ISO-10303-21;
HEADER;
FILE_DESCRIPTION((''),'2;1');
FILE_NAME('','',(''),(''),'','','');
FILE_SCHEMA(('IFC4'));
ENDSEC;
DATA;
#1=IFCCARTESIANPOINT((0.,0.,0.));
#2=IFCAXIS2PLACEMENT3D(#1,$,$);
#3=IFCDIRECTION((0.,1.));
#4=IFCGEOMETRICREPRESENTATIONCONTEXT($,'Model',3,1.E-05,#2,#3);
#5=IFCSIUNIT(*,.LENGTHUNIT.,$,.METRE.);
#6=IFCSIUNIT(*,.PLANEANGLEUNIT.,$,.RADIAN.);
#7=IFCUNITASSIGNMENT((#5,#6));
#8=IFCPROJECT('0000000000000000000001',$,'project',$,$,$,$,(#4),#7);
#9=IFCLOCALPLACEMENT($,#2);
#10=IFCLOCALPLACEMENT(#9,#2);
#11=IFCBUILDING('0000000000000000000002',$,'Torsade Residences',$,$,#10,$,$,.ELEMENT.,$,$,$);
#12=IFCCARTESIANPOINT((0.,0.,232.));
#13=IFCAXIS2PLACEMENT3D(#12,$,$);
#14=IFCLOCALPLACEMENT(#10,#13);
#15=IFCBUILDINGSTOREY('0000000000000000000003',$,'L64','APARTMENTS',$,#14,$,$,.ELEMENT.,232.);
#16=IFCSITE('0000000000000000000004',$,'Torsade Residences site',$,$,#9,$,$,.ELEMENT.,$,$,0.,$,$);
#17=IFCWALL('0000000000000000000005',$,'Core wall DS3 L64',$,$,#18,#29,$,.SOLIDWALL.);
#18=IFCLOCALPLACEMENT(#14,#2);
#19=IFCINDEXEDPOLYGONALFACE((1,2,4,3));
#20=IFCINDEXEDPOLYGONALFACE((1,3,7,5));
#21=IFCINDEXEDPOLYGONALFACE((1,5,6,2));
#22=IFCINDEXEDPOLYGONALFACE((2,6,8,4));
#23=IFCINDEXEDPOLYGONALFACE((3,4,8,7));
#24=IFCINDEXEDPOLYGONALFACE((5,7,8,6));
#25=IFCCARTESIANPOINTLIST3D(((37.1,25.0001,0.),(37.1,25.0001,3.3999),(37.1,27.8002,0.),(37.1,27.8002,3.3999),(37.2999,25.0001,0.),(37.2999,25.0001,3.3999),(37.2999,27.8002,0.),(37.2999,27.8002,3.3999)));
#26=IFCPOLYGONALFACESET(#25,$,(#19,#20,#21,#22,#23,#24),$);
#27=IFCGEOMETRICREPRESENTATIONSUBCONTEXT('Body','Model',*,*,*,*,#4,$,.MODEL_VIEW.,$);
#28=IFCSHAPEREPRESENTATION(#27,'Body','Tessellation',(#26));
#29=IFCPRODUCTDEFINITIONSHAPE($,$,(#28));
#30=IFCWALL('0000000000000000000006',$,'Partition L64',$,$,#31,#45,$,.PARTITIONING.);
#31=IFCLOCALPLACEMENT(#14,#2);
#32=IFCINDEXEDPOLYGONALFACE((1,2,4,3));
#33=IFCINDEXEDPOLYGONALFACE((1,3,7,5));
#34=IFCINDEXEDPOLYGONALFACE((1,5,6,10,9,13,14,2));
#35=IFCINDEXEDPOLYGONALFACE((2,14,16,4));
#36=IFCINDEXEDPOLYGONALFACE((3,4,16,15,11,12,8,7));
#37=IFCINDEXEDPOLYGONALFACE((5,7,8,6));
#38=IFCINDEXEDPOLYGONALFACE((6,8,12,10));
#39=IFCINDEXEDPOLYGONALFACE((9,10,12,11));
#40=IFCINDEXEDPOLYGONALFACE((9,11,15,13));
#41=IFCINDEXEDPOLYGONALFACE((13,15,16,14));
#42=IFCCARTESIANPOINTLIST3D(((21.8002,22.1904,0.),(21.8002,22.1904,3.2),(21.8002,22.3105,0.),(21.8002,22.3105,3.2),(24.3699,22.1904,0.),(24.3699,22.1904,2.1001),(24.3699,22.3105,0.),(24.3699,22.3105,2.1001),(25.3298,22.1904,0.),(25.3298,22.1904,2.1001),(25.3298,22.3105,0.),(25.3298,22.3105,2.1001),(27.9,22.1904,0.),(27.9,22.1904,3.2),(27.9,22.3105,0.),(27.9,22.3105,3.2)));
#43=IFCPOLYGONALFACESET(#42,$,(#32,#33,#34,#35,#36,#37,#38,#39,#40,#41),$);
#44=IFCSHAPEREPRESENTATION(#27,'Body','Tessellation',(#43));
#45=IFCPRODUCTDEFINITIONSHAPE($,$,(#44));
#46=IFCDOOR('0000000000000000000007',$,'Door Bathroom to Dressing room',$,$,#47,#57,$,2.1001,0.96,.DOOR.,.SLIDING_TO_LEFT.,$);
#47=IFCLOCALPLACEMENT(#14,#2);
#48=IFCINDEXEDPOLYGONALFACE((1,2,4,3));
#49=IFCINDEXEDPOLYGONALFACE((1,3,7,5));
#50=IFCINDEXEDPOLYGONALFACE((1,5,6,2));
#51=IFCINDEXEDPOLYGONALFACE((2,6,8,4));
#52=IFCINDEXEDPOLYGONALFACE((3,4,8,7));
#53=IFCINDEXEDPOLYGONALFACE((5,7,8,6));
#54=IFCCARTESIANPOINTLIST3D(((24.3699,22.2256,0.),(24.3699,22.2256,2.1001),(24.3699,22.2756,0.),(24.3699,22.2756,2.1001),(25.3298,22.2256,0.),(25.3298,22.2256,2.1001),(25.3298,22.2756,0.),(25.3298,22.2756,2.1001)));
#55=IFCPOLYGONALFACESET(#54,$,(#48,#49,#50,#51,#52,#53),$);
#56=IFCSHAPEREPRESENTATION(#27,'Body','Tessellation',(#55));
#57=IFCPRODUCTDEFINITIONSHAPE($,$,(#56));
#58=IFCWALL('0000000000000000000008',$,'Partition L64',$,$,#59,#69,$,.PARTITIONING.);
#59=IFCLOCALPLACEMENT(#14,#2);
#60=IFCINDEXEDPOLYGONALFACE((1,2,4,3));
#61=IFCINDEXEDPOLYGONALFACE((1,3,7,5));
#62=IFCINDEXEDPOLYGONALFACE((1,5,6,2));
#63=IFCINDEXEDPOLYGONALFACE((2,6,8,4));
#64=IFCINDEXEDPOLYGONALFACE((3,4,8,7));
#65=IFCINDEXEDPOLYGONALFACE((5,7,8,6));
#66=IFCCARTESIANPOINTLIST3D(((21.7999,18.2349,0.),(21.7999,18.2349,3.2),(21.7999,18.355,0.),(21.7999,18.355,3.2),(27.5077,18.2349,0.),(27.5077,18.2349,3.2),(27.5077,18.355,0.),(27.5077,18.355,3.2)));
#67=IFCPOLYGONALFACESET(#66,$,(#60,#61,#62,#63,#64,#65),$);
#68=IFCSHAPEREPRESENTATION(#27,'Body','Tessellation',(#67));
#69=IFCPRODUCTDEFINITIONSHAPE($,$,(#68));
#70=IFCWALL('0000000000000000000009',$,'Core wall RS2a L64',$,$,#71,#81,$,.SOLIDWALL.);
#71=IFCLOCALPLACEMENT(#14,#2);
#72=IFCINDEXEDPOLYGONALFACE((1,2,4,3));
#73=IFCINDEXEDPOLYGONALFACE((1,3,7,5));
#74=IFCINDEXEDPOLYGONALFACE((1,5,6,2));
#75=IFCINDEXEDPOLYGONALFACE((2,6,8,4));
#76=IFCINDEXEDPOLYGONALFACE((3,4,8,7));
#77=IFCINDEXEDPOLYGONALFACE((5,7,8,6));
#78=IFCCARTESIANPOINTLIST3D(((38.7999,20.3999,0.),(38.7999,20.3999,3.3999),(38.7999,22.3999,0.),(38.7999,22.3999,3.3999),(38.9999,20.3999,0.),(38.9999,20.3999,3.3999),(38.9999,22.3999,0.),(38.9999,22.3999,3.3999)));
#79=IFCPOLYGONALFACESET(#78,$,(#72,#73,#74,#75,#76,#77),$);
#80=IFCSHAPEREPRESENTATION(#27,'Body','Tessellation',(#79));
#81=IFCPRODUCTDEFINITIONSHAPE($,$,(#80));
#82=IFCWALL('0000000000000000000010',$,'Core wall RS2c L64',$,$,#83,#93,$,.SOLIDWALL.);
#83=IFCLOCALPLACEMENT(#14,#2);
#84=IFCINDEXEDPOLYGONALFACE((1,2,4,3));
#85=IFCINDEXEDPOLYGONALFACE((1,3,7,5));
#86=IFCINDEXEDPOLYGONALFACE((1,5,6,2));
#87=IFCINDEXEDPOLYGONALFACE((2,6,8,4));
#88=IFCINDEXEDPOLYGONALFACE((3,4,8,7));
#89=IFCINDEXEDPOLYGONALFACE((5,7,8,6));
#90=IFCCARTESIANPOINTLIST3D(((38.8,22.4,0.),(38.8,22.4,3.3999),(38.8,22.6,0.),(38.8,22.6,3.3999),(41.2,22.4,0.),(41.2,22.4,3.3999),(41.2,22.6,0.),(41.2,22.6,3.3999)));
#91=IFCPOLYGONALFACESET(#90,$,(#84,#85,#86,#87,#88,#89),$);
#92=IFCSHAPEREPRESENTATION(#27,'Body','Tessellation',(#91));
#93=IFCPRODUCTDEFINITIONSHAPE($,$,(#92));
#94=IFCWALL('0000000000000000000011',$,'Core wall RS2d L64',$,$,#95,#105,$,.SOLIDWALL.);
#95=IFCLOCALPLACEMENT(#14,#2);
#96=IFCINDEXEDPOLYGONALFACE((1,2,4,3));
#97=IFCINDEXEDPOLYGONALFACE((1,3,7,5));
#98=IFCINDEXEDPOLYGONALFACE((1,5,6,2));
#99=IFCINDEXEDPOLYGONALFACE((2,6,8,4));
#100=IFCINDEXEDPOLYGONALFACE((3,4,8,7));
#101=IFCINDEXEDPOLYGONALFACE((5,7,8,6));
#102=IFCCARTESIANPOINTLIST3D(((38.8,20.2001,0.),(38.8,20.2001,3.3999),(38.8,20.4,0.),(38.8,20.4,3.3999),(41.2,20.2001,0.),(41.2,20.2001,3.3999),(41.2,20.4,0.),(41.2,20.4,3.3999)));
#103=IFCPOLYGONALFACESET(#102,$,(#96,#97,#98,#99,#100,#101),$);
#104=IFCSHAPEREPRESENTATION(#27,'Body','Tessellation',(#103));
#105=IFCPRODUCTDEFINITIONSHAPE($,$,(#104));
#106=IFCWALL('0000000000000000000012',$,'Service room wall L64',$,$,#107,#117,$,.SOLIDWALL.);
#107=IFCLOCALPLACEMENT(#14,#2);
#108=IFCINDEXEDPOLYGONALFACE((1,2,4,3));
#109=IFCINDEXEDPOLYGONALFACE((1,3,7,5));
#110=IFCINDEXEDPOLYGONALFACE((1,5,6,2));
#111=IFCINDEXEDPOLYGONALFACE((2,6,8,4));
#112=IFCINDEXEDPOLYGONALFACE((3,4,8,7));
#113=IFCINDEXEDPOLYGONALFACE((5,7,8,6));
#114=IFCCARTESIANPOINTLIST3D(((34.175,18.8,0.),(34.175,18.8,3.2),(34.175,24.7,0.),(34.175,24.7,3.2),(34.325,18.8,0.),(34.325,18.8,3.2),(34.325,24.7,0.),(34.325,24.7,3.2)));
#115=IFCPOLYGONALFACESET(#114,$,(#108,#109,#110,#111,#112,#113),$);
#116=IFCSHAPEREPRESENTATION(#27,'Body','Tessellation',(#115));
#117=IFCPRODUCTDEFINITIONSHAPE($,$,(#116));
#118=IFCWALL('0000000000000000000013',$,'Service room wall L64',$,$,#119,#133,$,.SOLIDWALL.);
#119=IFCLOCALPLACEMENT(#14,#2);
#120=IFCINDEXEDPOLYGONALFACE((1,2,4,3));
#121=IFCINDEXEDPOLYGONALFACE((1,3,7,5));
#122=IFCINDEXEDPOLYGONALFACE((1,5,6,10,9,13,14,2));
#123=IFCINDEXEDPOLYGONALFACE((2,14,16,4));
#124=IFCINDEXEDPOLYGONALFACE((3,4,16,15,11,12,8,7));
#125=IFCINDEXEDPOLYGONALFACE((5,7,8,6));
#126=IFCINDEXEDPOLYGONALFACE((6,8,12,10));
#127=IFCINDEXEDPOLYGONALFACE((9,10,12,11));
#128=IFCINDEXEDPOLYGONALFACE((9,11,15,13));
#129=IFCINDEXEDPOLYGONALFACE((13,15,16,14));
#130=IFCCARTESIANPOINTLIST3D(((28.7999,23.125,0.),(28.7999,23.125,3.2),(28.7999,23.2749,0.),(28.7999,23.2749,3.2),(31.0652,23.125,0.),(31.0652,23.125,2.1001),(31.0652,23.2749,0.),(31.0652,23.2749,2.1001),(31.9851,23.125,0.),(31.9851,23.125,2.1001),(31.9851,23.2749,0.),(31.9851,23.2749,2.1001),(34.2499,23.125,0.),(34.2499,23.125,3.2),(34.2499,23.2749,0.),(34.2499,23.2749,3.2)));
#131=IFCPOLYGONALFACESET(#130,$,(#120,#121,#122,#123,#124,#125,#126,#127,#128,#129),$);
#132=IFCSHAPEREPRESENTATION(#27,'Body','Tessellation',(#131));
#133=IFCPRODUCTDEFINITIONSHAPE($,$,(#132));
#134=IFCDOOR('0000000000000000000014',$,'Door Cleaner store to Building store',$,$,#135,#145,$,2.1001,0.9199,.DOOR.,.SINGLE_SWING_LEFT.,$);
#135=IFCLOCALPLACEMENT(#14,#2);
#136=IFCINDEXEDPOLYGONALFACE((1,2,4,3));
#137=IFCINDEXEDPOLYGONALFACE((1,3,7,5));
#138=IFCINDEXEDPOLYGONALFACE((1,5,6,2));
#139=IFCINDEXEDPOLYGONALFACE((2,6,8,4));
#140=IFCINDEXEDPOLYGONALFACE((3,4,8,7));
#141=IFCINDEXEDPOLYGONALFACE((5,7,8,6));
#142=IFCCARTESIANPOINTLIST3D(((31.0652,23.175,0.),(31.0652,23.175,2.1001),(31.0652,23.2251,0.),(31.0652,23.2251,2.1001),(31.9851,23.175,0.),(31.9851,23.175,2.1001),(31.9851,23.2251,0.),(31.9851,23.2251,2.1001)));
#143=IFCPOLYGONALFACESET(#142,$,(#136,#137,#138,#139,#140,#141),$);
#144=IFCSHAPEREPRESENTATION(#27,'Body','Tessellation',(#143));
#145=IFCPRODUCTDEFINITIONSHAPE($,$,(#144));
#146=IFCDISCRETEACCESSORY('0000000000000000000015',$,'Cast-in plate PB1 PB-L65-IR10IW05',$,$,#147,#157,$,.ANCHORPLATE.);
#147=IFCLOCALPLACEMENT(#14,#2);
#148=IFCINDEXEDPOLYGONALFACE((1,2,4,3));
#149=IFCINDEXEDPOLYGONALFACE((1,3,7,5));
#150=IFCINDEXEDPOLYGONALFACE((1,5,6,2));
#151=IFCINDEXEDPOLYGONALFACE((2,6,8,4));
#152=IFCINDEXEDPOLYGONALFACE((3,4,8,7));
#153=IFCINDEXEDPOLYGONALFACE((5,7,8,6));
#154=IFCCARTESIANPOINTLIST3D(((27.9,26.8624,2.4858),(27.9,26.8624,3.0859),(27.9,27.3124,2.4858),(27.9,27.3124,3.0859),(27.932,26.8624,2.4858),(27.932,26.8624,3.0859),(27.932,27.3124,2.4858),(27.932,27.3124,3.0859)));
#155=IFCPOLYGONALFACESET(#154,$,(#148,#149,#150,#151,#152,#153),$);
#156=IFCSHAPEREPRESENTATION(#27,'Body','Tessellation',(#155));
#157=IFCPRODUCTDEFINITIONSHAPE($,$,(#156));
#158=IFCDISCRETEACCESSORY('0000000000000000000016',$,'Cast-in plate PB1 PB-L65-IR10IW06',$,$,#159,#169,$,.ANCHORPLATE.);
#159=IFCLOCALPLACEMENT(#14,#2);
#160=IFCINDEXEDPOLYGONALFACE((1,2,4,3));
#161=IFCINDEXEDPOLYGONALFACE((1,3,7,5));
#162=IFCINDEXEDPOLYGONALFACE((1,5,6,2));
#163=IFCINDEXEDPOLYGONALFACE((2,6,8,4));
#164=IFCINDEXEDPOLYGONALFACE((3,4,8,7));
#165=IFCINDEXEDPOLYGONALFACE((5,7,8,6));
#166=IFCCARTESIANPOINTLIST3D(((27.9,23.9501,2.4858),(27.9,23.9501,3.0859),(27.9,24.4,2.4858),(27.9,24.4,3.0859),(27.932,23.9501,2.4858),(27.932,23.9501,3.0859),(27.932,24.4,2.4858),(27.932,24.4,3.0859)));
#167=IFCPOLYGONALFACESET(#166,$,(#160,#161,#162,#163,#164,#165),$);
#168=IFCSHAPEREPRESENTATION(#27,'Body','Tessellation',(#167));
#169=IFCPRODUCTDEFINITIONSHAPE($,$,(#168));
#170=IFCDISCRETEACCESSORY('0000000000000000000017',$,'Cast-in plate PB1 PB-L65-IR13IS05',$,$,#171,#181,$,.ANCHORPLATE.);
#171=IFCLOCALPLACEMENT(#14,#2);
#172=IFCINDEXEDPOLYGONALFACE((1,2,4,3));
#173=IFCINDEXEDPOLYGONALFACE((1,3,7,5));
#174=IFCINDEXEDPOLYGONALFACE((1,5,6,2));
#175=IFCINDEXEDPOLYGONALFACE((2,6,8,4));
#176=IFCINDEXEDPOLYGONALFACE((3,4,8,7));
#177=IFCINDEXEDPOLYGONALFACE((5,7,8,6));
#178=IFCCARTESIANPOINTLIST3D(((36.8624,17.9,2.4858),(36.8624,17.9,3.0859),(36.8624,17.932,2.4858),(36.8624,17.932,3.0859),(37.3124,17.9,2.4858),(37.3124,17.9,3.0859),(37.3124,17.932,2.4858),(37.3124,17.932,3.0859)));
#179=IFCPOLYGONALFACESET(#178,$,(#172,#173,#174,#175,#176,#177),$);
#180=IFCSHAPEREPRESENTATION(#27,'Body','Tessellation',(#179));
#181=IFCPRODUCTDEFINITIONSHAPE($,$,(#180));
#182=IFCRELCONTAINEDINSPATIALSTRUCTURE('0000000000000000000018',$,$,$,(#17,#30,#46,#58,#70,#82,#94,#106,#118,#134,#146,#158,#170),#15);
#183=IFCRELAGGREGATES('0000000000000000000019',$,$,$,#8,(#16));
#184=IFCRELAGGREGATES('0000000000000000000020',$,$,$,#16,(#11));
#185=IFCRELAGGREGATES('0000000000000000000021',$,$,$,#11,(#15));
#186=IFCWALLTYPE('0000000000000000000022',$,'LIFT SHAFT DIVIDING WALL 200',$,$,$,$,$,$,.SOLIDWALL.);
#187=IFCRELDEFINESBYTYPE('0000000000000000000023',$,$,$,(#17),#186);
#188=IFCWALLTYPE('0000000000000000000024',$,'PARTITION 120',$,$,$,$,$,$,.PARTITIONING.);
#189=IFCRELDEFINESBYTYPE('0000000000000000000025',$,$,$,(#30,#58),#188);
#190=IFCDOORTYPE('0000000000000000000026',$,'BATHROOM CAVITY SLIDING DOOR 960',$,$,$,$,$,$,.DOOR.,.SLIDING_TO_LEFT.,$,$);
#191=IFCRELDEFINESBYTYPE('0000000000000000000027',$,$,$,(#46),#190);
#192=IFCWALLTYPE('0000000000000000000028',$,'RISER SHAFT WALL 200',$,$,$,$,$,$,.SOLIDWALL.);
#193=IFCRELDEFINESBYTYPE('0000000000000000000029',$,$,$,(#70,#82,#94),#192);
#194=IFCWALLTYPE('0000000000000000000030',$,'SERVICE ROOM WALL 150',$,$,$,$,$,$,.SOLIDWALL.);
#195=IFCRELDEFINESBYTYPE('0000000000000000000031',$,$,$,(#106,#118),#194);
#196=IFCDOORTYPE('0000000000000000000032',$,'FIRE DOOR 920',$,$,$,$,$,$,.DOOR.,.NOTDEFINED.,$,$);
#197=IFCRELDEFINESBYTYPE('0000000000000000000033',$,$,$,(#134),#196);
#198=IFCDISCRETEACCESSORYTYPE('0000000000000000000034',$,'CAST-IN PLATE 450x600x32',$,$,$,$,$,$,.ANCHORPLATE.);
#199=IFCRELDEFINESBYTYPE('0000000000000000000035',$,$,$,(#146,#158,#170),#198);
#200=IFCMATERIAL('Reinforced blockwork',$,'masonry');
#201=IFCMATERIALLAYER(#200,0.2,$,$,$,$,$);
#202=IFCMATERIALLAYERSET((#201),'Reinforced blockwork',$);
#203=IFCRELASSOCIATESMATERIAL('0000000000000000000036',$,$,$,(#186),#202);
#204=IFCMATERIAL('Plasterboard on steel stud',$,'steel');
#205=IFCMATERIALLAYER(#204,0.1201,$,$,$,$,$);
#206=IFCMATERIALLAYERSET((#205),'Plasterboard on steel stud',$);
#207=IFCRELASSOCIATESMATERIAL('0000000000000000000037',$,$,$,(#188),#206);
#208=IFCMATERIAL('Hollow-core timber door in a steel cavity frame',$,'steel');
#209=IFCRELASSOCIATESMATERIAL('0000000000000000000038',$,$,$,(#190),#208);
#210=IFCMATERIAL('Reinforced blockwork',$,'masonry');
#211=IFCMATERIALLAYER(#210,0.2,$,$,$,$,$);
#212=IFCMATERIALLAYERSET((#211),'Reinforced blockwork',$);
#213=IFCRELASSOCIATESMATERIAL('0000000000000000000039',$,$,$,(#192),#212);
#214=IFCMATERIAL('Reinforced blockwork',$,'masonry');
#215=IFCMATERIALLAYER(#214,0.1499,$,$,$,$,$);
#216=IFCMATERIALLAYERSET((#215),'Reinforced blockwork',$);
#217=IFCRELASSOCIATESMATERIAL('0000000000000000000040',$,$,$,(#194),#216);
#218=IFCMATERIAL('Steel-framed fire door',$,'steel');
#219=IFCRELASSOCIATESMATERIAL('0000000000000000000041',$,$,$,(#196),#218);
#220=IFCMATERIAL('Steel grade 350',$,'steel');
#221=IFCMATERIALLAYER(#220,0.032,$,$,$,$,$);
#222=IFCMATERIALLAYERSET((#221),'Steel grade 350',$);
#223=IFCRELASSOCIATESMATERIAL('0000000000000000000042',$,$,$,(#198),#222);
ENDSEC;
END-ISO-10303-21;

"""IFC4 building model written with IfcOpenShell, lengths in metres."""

from ifc_helpers import new_model, si_unit, direction, frame, frame_2d, origin, origin_2d, place, context, subcontext, project, spatial, rectangle, extrude, material, layer, layer_set, type_object, element, fill, save


model = new_model("IFC4")

# Units and contexts
model_context = context("Model", 3, precision=1e-05, world=origin(), true_north=direction((0.0, 1.0)))
body_context = subcontext(model_context, "Body", "Model", "MODEL_VIEW")
ifc_project = project(units=[si_unit("LENGTHUNIT", "METRE"), si_unit("PLANEANGLEUNIT", "RADIAN")], contexts=[model_context])

# Site, building, storey
site_placement = place(None, origin())
site = spatial("IfcSite", under=ifc_project, at=site_placement, Name="Torsade Residences site", CompositionType="ELEMENT", RefElevation=0.0)
building_placement = place(site_placement, origin())
building = spatial("IfcBuilding", under=site, at=building_placement, Name="Torsade Residences", CompositionType="ELEMENT")
storey_placement = place(building_placement, frame((0.0, 0.0, 232.0)))
storey = spatial("IfcBuildingStorey", under=building, at=storey_placement, Name="L64", Description="APARTMENTS", CompositionType="ELEMENT", Elevation=232.0)

# Wall
ifc_material_1 = material(Name="Reinforced blockwork", Category="masonry")
ifc_layer_1 = layer(ifc_material_1, 0.2)
ifc_layer_set_1 = layer_set([ifc_layer_1], Name="Reinforced blockwork")
wall_type_1 = type_object("IfcWallType", Name="LIFT SHAFT DIVIDING WALL 200", PredefinedType="SOLIDWALL", material=ifc_layer_set_1)
wall_1_placement = place(storey_placement, frame((37.2, 27.8, 0.0), z_axis=(0.0, 0.0, 1.0), x_axis=(0.0, -1.0, 0.0)))
element("IfcWall", 1, at=wall_1_placement, inside=storey, type_object=wall_type_1, Name="Core wall DS3 L64", PredefinedType="SOLIDWALL", context=body_context, shape_type="SweptSolid", body=[
    extrude(rectangle(XDim=2.8, YDim=0.2, at=frame_2d((1.3999, 0.0))), origin(), (0.0, 0.0, 1.0), 3.3999),
])

# Wall, opening, door
ifc_material_2 = material(Name="Plasterboard on steel stud", Category="steel")
ifc_layer_2 = layer(ifc_material_2, 0.1201)
ifc_layer_set_2 = layer_set([ifc_layer_2], Name="Plasterboard on steel stud")
wall_type_2 = type_object("IfcWallType", Name="PARTITION 120", PredefinedType="PARTITIONING", material=ifc_layer_set_2)
wall_2_placement = place(storey_placement, frame((27.8999, 22.2505, 0.0), z_axis=(0.0, 0.0, 1.0), x_axis=(-1.0, 0.0, 0.0)))
wall_2 = element("IfcWall", 2, at=wall_2_placement, inside=storey, type_object=wall_type_2, Name="Partition L64", PredefinedType="PARTITIONING", context=body_context, shape_type="SweptSolid", body=[
    extrude(rectangle(XDim=6.0999, YDim=0.1201, at=frame_2d((3.0498, 0.0))), origin(), (0.0, 0.0, 1.0), 3.2),
])
opening_1_placement = place(wall_2_placement, frame((2.5701, 0.0, 0.0)))
opening_1 = element("IfcOpeningElement", 3, at=opening_1_placement, cuts=wall_2, PredefinedType="OPENING", context=body_context, shape_type="SweptSolid", body=[
    extrude(rectangle(XDim=0.96, YDim=2.1001, at=frame_2d((0.48, 1.05))), frame((0.0, 0.0701, 0.0), z_axis=(0.0, -1.0, 0.0), x_axis=(1.0, 0.0, 0.0)), (0.0, 0.0, 1.0), 0.1401),
])
ifc_material_3 = material(Name="Hollow-core timber door in a steel cavity frame", Category="steel")
door_type_1 = type_object("IfcDoorType", Name="BATHROOM CAVITY SLIDING DOOR 960", OperationType="SLIDING_TO_LEFT", PredefinedType="DOOR", material=ifc_material_3)
door_1_placement = place(opening_1_placement, origin())
door_1 = element("IfcDoor", 4, at=door_1_placement, inside=storey, type_object=door_type_1, Name="Door Bathroom to Dressing room", OperationType="SLIDING_TO_LEFT", OverallHeight=2.1001, OverallWidth=0.96, PredefinedType="DOOR", context=body_context, shape_type="SweptSolid", body=[
    extrude(rectangle(XDim=0.96, YDim=2.1001, at=frame_2d((0.48, 1.05))), frame((0.0, 0.0249, 0.0), z_axis=(0.0, -1.0, 0.0), x_axis=(1.0, 0.0, 0.0)), (0.0, 0.0, 1.0), 0.05),
])
fill(opening_1, door_1)

# Walls
wall_3_placement = place(storey_placement, frame((27.5078, 18.2949, 0.0), z_axis=(0.0, 0.0, 1.0), x_axis=(-1.0, 0.0, 0.0)))
element("IfcWall", 5, at=wall_3_placement, inside=storey, type_object=wall_type_2, Name="Partition L64", PredefinedType="PARTITIONING", context=body_context, shape_type="SweptSolid", body=[
    extrude(rectangle(XDim=5.7078, YDim=0.1201, at=frame_2d((2.854, 0.0))), origin(), (0.0, 0.0, 1.0), 3.2),
])
ifc_material_4 = material(Name="Reinforced blockwork", Category="masonry")
ifc_layer_3 = layer(ifc_material_4, 0.2)
ifc_layer_set_3 = layer_set([ifc_layer_3], Name="Reinforced blockwork")
wall_type_3 = type_object("IfcWallType", Name="RISER SHAFT WALL 200", PredefinedType="SOLIDWALL", material=ifc_layer_set_3)
wall_4_placement = place(storey_placement, frame((38.8999, 22.3999, 0.0), z_axis=(0.0, 0.0, 1.0), x_axis=(0.0, -1.0, 0.0)))
element("IfcWall", 6, at=wall_4_placement, inside=storey, type_object=wall_type_3, Name="Core wall RS2a L64", PredefinedType="SOLIDWALL", context=body_context, shape_type="SweptSolid", body=[
    extrude(rectangle(XDim=2.0, YDim=0.2, at=frame_2d((1.0, 0.0))), origin(), (0.0, 0.0, 1.0), 3.3999),
])
for number, where, z_axis, x_axis, name in (
    (7, (38.8, 22.5, 0.0), (0.0, 0.0, 1.0), (1.0, 0.0, 0.0), "Core wall RS2c L64"),
    (8, (38.8, 20.3, 0.0), (0.0, 0.0, 1.0), (1.0, 0.0, 0.0), "Core wall RS2d L64"),
):
    element("IfcWall", number, at=place(storey_placement, frame(where, z_axis=z_axis, x_axis=x_axis)), inside=storey, type_object=wall_type_3, Name=name, PredefinedType="SOLIDWALL", context=body_context, shape_type="SweptSolid", body=[
        extrude(rectangle(XDim=2.3999, YDim=0.2, at=frame_2d((1.2, 0.0))), origin(), (0.0, 0.0, 1.0), 3.3999),
    ])
ifc_material_5 = material(Name="Reinforced blockwork", Category="masonry")
ifc_layer_4 = layer(ifc_material_5, 0.1499)
ifc_layer_set_4 = layer_set([ifc_layer_4], Name="Reinforced blockwork")
wall_type_4 = type_object("IfcWallType", Name="SERVICE ROOM WALL 150", PredefinedType="SOLIDWALL", material=ifc_layer_set_4)
wall_5_placement = place(storey_placement, frame((34.25, 18.8, 0.0), z_axis=(0.0, 0.0, 1.0), x_axis=(0.0, 1.0, 0.0)))
element("IfcWall", 9, at=wall_5_placement, inside=storey, type_object=wall_type_4, Name="Service room wall L64", PredefinedType="SOLIDWALL", context=body_context, shape_type="SweptSolid", body=[
    extrude(rectangle(XDim=5.8999, YDim=0.1499, at=frame_2d((2.95, 0.0))), origin(), (0.0, 0.0, 1.0), 3.2),
])

# Wall, opening, door
wall_6_placement = place(storey_placement, frame((34.25, 23.2, 0.0), z_axis=(0.0, 0.0, 1.0), x_axis=(-1.0, 0.0, 0.0)))
wall_6 = element("IfcWall", 10, at=wall_6_placement, inside=storey, type_object=wall_type_4, Name="Service room wall L64", PredefinedType="SOLIDWALL", context=body_context, shape_type="SweptSolid", body=[
    extrude(rectangle(XDim=5.45, YDim=0.1499, at=frame_2d((2.7251, 0.0))), origin(), (0.0, 0.0, 1.0), 3.2),
])
opening_2_placement = place(wall_6_placement, frame((2.2649, 0.0, 0.0)))
opening_2 = element("IfcOpeningElement", 11, at=opening_2_placement, cuts=wall_6, PredefinedType="OPENING", context=body_context, shape_type="SweptSolid", body=[
    extrude(rectangle(XDim=0.9199, YDim=2.1001, at=frame_2d((0.46, 1.05))), frame((0.0, 0.085, 0.0), z_axis=(0.0, -1.0, 0.0), x_axis=(1.0, 0.0, 0.0)), (0.0, 0.0, 1.0), 0.1699),
])
ifc_material_6 = material(Name="Steel-framed fire door", Category="steel")
door_type_2 = type_object("IfcDoorType", Name="FIRE DOOR 920", OperationType="NOTDEFINED", PredefinedType="DOOR", material=ifc_material_6)
door_2_placement = place(opening_2_placement, origin())
door_2 = element("IfcDoor", 12, at=door_2_placement, inside=storey, type_object=door_type_2, Name="Door Cleaner store to Building store", OperationType="SINGLE_SWING_LEFT", OverallHeight=2.1001, OverallWidth=0.9199, PredefinedType="DOOR", context=body_context, shape_type="SweptSolid", body=[
    extrude(rectangle(XDim=0.9199, YDim=2.1001, at=frame_2d((0.46, 1.05))), frame((0.0, 0.0249, 0.0), z_axis=(0.0, -1.0, 0.0), x_axis=(1.0, 0.0, 0.0)), (0.0, 0.0, 1.0), 0.05),
])
fill(opening_2, door_2)

# Discrete accessories
ifc_material_7 = material(Name="Steel grade 350", Category="steel")
ifc_layer_5 = layer(ifc_material_7, 0.032)
ifc_layer_set_5 = layer_set([ifc_layer_5], Name="Steel grade 350")
discrete_accessory_type = type_object("IfcDiscreteAccessoryType", Name="CAST-IN PLATE 450x600x32", PredefinedType="ANCHORPLATE", material=ifc_layer_set_5)
for number, where, z_axis, x_axis, name in (
    (13, (27.916, 27.0874, 2.4858), (0.0, 0.0, 1.0), (1.0, 0.0, 0.0), "Cast-in plate PB1 PB-L65-IR10IW05"),
    (14, (27.916, 24.175, 2.4858), (0.0, 0.0, 1.0), (1.0, 0.0, 0.0), "Cast-in plate PB1 PB-L65-IR10IW06"),
):
    element("IfcDiscreteAccessory", number, at=place(storey_placement, frame(where, z_axis=z_axis, x_axis=x_axis)), inside=storey, type_object=discrete_accessory_type, Name=name, PredefinedType="ANCHORPLATE", context=body_context, shape_type="SweptSolid", body=[
        extrude(rectangle(XDim=0.032, YDim=0.45, at=origin_2d()), origin(), (0.0, 0.0, 1.0), 0.6001),
    ])
discrete_accessory_placement = place(storey_placement, frame((37.0874, 17.916, 2.4858), z_axis=(0.0, 0.0, 1.0), x_axis=(1.0, 0.0, 0.0)))
element("IfcDiscreteAccessory", 15, at=discrete_accessory_placement, inside=storey, type_object=discrete_accessory_type, Name="Cast-in plate PB1 PB-L65-IR13IS05", PredefinedType="ANCHORPLATE", context=body_context, shape_type="SweptSolid", body=[
    extrude(rectangle(XDim=0.45, YDim=0.032, at=origin_2d()), origin(), (0.0, 0.0, 1.0), 0.6001),
])

save(model, "model.ifc")
